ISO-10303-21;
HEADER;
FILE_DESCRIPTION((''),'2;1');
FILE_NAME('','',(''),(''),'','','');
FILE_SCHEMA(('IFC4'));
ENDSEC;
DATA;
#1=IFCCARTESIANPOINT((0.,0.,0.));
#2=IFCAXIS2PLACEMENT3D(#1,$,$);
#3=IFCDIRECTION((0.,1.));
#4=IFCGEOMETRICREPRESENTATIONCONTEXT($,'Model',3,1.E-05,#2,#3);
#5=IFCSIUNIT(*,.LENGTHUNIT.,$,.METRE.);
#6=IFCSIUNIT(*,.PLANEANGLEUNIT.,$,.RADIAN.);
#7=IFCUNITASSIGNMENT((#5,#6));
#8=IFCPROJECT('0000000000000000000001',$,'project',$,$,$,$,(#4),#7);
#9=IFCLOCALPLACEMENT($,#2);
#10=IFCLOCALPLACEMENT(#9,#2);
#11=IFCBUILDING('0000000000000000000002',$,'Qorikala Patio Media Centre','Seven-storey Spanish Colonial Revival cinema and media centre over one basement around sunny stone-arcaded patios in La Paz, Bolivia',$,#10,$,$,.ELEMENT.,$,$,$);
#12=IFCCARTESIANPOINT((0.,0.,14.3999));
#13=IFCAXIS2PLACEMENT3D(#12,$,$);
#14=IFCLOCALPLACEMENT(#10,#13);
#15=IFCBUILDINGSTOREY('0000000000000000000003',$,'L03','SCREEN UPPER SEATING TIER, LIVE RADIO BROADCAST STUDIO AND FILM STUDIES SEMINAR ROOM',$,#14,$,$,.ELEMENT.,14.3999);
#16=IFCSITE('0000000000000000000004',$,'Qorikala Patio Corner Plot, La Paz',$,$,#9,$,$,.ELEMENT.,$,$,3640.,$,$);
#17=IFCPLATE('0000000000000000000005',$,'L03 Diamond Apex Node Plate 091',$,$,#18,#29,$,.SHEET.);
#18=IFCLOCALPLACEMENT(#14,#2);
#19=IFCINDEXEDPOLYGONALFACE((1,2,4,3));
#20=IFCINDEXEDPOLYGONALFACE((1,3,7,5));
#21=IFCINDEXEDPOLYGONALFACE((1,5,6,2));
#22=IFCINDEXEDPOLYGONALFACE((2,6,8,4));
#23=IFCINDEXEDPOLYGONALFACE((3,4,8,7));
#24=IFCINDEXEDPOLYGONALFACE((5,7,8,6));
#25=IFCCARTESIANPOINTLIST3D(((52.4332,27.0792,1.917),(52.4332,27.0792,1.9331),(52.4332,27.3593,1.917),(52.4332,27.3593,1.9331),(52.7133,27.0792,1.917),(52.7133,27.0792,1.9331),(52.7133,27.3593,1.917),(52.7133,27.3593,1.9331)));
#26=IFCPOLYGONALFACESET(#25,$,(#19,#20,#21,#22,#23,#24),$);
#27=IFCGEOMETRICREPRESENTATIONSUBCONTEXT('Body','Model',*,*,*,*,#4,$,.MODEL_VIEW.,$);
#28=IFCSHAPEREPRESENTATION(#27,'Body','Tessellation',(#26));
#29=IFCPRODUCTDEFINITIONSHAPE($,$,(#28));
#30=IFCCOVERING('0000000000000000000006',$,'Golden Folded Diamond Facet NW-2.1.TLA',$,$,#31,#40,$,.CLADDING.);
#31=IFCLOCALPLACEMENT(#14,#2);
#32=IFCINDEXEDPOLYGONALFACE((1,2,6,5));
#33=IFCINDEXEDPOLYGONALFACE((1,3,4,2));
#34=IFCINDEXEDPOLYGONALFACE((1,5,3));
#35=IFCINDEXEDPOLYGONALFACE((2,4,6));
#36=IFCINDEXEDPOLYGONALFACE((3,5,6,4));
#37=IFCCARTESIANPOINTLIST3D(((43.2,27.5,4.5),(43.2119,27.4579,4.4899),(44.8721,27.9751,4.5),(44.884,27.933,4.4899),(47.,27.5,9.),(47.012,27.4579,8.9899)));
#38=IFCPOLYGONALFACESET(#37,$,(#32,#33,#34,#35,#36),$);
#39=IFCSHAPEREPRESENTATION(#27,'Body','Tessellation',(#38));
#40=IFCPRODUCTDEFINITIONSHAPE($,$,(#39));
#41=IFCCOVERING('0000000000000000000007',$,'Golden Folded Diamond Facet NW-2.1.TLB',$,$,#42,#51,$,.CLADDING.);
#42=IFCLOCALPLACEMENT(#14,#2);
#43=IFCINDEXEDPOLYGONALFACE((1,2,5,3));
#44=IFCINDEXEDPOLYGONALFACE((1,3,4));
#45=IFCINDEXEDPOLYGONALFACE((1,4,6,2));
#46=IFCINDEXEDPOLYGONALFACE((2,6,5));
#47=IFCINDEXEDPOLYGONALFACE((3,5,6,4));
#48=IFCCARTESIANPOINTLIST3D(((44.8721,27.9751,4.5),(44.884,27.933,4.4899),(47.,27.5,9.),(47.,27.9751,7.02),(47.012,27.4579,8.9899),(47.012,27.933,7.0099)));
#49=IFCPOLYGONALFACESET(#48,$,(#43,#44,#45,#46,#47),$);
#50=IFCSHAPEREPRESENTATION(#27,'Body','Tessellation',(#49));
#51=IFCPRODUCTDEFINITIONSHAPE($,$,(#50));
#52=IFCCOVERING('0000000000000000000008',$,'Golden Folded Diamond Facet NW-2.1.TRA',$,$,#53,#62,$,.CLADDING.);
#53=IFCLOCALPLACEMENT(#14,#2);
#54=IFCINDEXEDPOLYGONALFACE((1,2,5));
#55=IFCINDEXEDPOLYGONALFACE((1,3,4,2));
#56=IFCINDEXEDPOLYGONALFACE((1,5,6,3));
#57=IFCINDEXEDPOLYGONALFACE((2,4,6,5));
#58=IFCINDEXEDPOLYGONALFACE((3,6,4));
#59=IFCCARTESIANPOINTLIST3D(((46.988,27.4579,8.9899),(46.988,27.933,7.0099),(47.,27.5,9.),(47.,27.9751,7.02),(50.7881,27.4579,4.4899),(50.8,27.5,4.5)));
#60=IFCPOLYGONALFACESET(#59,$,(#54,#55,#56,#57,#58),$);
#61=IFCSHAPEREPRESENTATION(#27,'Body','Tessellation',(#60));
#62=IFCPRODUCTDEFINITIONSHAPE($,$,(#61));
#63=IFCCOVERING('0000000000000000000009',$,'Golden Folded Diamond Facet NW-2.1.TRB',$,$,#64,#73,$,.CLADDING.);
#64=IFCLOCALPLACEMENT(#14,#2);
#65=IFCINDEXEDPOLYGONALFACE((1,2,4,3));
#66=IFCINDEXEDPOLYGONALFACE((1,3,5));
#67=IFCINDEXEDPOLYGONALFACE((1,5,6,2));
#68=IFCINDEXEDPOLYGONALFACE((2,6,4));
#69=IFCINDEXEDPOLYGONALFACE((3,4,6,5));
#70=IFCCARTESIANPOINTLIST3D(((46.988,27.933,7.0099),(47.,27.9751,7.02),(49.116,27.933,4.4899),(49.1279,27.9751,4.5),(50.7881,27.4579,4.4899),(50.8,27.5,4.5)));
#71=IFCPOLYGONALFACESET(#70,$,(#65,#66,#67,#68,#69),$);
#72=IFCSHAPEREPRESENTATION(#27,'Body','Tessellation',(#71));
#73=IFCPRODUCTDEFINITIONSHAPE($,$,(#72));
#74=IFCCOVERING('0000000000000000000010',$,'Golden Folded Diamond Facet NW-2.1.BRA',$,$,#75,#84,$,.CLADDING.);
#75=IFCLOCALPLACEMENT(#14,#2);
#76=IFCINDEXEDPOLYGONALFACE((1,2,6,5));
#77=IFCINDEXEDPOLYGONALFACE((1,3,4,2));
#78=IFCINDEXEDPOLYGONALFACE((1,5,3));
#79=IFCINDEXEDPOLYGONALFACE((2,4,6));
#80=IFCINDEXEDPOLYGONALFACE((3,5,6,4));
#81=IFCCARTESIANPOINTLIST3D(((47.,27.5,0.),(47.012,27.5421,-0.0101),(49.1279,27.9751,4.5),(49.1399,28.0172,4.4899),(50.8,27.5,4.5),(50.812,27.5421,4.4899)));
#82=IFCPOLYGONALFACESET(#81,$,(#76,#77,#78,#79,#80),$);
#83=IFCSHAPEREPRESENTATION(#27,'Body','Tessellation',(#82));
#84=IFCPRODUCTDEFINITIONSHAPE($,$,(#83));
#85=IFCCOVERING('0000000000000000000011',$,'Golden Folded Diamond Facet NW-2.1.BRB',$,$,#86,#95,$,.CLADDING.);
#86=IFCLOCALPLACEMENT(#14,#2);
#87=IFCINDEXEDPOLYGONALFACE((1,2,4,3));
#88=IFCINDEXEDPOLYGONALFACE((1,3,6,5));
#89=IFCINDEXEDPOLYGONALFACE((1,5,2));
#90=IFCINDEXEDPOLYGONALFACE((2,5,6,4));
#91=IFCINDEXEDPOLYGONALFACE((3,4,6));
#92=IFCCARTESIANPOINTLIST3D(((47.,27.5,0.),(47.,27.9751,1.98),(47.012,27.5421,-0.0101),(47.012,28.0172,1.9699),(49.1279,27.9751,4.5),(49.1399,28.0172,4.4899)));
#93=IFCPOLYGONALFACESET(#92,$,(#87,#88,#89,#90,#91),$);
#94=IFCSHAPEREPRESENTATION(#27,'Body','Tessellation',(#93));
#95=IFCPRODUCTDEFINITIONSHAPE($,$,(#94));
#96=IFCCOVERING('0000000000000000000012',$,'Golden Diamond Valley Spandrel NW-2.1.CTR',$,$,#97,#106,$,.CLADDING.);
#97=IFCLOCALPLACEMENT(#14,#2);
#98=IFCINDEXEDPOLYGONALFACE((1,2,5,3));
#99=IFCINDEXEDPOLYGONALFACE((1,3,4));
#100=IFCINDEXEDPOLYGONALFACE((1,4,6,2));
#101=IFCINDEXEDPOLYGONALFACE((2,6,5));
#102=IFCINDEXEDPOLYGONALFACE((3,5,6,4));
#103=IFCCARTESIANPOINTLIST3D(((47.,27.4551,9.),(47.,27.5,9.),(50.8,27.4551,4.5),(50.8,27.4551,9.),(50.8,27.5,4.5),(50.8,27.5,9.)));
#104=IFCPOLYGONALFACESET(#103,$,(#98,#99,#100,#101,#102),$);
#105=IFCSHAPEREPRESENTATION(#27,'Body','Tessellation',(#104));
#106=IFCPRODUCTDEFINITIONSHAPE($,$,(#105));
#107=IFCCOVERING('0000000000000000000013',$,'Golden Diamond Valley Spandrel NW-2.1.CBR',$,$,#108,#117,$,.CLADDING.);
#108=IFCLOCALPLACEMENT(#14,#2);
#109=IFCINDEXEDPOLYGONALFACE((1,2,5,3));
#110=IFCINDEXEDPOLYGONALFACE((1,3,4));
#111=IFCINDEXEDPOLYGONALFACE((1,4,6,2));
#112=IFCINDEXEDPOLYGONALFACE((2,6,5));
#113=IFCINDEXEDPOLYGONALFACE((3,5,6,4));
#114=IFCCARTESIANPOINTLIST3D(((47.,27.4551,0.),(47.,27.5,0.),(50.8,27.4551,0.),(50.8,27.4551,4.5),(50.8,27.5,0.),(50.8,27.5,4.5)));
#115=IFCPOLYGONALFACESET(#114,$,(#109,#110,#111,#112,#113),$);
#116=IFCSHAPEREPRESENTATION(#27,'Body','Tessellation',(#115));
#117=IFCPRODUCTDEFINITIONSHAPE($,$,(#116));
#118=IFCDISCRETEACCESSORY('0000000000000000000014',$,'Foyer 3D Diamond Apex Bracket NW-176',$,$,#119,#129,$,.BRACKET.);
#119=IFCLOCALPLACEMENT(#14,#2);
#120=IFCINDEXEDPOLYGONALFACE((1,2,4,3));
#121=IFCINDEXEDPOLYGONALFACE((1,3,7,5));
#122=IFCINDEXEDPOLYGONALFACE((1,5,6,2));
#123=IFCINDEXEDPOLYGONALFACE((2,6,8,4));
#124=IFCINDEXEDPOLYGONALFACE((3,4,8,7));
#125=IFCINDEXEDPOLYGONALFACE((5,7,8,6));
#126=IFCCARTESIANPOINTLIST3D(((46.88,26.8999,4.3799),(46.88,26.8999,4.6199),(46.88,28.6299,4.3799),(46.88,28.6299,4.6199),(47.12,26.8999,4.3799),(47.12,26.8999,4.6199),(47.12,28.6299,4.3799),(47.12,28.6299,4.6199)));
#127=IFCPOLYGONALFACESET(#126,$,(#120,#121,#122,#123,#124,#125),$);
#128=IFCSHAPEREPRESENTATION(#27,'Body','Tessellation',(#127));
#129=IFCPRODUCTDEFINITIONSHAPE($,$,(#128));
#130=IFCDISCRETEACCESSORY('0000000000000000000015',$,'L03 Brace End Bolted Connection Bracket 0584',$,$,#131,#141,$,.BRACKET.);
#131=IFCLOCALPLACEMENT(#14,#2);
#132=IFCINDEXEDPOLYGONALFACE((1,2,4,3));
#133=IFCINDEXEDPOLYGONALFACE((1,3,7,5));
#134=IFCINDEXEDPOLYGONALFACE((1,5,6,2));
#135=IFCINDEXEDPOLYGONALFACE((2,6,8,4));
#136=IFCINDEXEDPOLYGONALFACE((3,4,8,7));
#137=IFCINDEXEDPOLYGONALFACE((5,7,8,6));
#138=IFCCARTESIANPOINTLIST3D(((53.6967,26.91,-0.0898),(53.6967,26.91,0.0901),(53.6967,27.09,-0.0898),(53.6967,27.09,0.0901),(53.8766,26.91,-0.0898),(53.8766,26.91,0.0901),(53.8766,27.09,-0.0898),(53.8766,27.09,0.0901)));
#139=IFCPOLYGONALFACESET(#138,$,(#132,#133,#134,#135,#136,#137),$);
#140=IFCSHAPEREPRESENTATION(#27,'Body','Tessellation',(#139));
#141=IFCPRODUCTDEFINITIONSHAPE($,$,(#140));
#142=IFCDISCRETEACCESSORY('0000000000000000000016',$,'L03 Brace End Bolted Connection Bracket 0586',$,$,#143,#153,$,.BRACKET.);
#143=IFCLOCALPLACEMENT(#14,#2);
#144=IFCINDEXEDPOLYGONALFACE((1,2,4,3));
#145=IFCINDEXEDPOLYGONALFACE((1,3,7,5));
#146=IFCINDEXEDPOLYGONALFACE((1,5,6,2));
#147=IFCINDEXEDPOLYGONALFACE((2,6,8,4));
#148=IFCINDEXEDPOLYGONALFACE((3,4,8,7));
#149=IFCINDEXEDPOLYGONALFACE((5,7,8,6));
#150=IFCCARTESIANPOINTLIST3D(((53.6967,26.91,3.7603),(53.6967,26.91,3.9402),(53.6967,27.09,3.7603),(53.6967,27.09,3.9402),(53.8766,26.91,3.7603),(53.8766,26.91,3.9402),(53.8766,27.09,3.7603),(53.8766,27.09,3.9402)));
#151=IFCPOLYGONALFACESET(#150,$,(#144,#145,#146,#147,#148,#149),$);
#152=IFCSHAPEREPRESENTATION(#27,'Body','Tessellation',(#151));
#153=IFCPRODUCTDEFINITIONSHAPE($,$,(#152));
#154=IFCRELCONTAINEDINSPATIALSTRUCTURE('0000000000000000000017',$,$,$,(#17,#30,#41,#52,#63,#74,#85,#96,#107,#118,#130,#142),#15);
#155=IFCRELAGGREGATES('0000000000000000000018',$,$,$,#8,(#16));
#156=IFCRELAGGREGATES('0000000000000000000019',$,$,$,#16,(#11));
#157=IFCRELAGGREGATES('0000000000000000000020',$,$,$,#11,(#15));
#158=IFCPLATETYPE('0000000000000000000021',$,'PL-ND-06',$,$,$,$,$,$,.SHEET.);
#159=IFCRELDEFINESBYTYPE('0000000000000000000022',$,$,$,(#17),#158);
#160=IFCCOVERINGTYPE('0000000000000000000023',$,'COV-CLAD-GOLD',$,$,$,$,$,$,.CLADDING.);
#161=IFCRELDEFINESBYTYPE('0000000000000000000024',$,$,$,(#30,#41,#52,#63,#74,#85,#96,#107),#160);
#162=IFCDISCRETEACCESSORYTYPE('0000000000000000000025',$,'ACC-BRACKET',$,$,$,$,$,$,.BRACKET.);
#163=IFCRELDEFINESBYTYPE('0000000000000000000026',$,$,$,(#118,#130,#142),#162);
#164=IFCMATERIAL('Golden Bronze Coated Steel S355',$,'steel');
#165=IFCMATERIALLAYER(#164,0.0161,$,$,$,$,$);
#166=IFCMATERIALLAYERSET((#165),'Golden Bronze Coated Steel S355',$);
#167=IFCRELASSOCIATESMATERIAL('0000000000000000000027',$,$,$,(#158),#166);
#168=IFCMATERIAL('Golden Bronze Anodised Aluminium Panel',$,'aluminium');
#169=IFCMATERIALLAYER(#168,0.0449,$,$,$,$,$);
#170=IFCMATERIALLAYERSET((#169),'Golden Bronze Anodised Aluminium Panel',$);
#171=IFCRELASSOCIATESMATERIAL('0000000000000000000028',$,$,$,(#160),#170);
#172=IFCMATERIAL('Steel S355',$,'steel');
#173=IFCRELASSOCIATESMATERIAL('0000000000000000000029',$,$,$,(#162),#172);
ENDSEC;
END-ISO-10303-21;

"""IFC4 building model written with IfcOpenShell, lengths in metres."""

from ifc_helpers import new_model, si_unit, direction, frame, origin, origin_2d, place, context, subcontext, project, spatial, polyline, rectangle, outline, extrude, material, layer, layer_set, type_object, element, save


model = new_model("IFC4")

# Units and contexts
model_context = context("Model", 3, precision=1e-05, world=origin(), true_north=direction((0.0, 1.0)))
body_context = subcontext(model_context, "Body", "Model", "MODEL_VIEW")
ifc_project = project(units=[si_unit("LENGTHUNIT", "METRE"), si_unit("PLANEANGLEUNIT", "RADIAN")], contexts=[model_context])

# Site, building, storey
site_placement = place(None, origin())
site = spatial("IfcSite", under=ifc_project, at=site_placement, Name="Qorikala Patio Corner Plot, La Paz", CompositionType="ELEMENT", RefElevation=3640.0)
building_placement = place(site_placement, origin())
building = spatial("IfcBuilding", under=site, at=building_placement, Name="Qorikala Patio Media Centre", Description="Seven-storey Spanish Colonial Revival cinema and media centre over one basement around sunny stone-arcaded patios in La Paz, Bolivia", CompositionType="ELEMENT")
storey_placement = place(building_placement, frame((0.0, 0.0, 14.3999)))
storey = spatial("IfcBuildingStorey", under=building, at=storey_placement, Name="L03", Description="SCREEN UPPER SEATING TIER, LIVE RADIO BROADCAST STUDIO AND FILM STUDIES SEMINAR ROOM", CompositionType="ELEMENT", Elevation=14.3999)

# Shared definitions
ifc_material_1 = material(Name="Golden Bronze Coated Steel S355", Category="steel")

# Plate
ifc_layer_1 = layer(ifc_material_1, 0.0161)
ifc_layer_set_1 = layer_set([ifc_layer_1], Name="Golden Bronze Coated Steel S355")
plate_type_1 = type_object("IfcPlateType", Name="PL-ND-06", PredefinedType="SHEET", material=ifc_layer_set_1)
for number, where, z_axis, x_axis, name in (
    (1, (52.5732, 27.2192, 1.917), (0.0, 0.0, 1.0), (1.0, 0.0, 0.0), "L03 Diamond Apex Node Plate 091"),
):
    element("IfcPlate", number, at=place(storey_placement, frame(where, z_axis=z_axis, x_axis=x_axis)), inside=storey, type_object=plate_type_1, Name=name, PredefinedType="SHEET", context=body_context, shape_type="SweptSolid", body=[
        extrude(rectangle(XDim=0.28, YDim=0.28, at=origin_2d()), origin(), (0.0, 0.0, 1.0), 0.0161),
    ])

# Coverings
ifc_material_2 = material(Name="Golden Bronze Anodised Aluminium Panel", Category="aluminium")
ifc_layer_2 = layer(ifc_material_2, 0.0449)
ifc_layer_set_2 = layer_set([ifc_layer_2], Name="Golden Bronze Anodised Aluminium Panel")
covering_type = type_object("IfcCoveringType", Name="COV-CLAD-GOLD", PredefinedType="CLADDING", material=ifc_layer_set_2)
covering_1_placement = place(storey_placement, frame((47.0, 27.5, 9.0), z_axis=(-0.26631, 0.937286, 0.224887), x_axis=(-0.645186, 0.0, -0.764026)))
element("IfcCovering", 2, at=covering_1_placement, inside=storey, type_object=covering_type, Name="Golden Folded Diamond Facet NW-2.1.TLA", PredefinedType="CLADDING", context=body_context, shape_type="SweptSolid", body=[
    extrude(outline(polyline([(0.0, 0.0), (5.8899, 0.0), (4.811, -1.363), (0.0, 0.0)])), origin(), (0.0, 0.0, -1.0), 0.0449),
])
covering_2_placement = place(storey_placement, frame((47.0, 27.5, 9.0), z_axis=(-0.266339, 0.937274, 0.2249), x_axis=(-0.425554, 0.095012, -0.899932)))
element("IfcCovering", 3, at=covering_2_placement, inside=storey, type_object=covering_type, Name="Golden Folded Diamond Facet NW-2.1.TLB", PredefinedType="CLADDING", context=body_context, shape_type="SweptSolid", body=[
    extrude(outline(polyline([(0.0, 0.0), (5.0004, 0.0), (1.827, -0.899), (0.0, 0.0)])), origin(), (0.0, 0.0, -1.0), 0.0449),
])
covering_3_placement = place(storey_placement, frame((50.8, 27.5, 4.5), z_axis=(0.266326, 0.937278, 0.224901), x_axis=(-0.645186, 0.0, 0.764026)))
element("IfcCovering", 4, at=covering_3_placement, inside=storey, type_object=covering_type, Name="Golden Folded Diamond Facet NW-2.1.TRA", PredefinedType="CLADDING", context=body_context, shape_type="SweptSolid", body=[
    extrude(outline(polyline([(0.0, 0.0), (5.8899, 0.0), (4.3771, -1.3629), (0.0, 0.0)])), origin(), (0.0, 0.0, -1.0), 0.0449),
])
covering_4_placement = place(storey_placement, frame((50.8, 27.5, 4.5), z_axis=(0.266311, 0.937288, 0.224876), x_axis=(-0.828911, 0.103634, 0.549696)))
element("IfcCovering", 5, at=covering_4_placement, inside=storey, type_object=covering_type, Name="Golden Folded Diamond Facet NW-2.1.TRB", PredefinedType="CLADDING", context=body_context, shape_type="SweptSolid", body=[
    extrude(outline(polyline([(0.0, 0.0), (4.5844, 0.0), (1.4353, -0.9807), (0.0, 0.0)])), origin(), (0.0, 0.0, -1.0), 0.0449),
])
covering_5_placement = place(storey_placement, frame((47.0, 27.5, 0.0), z_axis=(-0.26631, -0.937286, 0.224887), x_axis=(0.645186, 0.0, 0.764026)))
element("IfcCovering", 6, at=covering_5_placement, inside=storey, type_object=covering_type, Name="Golden Folded Diamond Facet NW-2.1.BRA", PredefinedType="CLADDING", context=body_context, shape_type="SweptSolid", body=[
    extrude(outline(polyline([(0.0, 0.0), (5.8899, 0.0), (4.811, 1.363), (0.0, 0.0)])), origin(), (0.0, 0.0, -1.0), 0.0449),
])
covering_6_placement = place(storey_placement, frame((47.0, 27.5, 0.0), z_axis=(-0.266339, -0.937274, 0.2249), x_axis=(0.425554, 0.095012, 0.899932)))
element("IfcCovering", 7, at=covering_6_placement, inside=storey, type_object=covering_type, Name="Golden Folded Diamond Facet NW-2.1.BRB", PredefinedType="CLADDING", context=body_context, shape_type="SweptSolid", body=[
    extrude(outline(polyline([(0.0, 0.0), (5.0004, 0.0), (1.827, 0.899), (0.0, 0.0)])), origin(), (0.0, 0.0, -1.0), 0.0449),
])
covering_7_placement = place(storey_placement, frame((50.8, 27.5, 9.0), z_axis=(0.0, 1.0, 0.0), x_axis=(0.0, 0.0, -1.0)))
element("IfcCovering", 8, at=covering_7_placement, inside=storey, type_object=covering_type, Name="Golden Diamond Valley Spandrel NW-2.1.CTR", PredefinedType="CLADDING", context=body_context, shape_type="SweptSolid", body=[
    extrude(outline(polyline([(0.0, 0.0), (4.5, 0.0), (0.0, 3.8), (0.0, 0.0)])), origin(), (0.0, 0.0, -1.0), 0.0449),
])
covering_8_placement = place(storey_placement, frame((50.8, 27.5, 0.0), z_axis=(0.0, 1.0, 0.0), x_axis=(-1.0, 0.0, 0.0)))
element("IfcCovering", 9, at=covering_8_placement, inside=storey, type_object=covering_type, Name="Golden Diamond Valley Spandrel NW-2.1.CBR", PredefinedType="CLADDING", context=body_context, shape_type="SweptSolid", body=[
    extrude(outline(polyline([(0.0, 0.0), (3.8, 0.0), (0.0, 4.5), (0.0, 0.0)])), origin(), (0.0, 0.0, -1.0), 0.0449),
])

# Discrete accessories
ifc_material_3 = material(Name="Steel S355", Category="steel")
discrete_accessory_type = type_object("IfcDiscreteAccessoryType", Name="ACC-BRACKET", PredefinedType="BRACKET", material=ifc_material_3)
discrete_accessory_placement = place(storey_placement, frame((47.0, 27.7649, 4.3799), z_axis=(0.0, 0.0, 1.0), x_axis=(1.0, 0.0, 0.0)))
element("IfcDiscreteAccessory", 10, at=discrete_accessory_placement, inside=storey, type_object=discrete_accessory_type, Name="Foyer 3D Diamond Apex Bracket NW-176", PredefinedType="BRACKET", context=body_context, shape_type="SweptSolid", body=[
    extrude(rectangle(XDim=0.24, YDim=1.73, at=origin_2d()), origin(), (0.0, 0.0, 1.0), 0.24),
])
for number, where, z_axis, x_axis, name in (
    (11, (53.7866, 27.0, -0.0898), (0.0, 0.0, 1.0), (1.0, 0.0, 0.0), "L03 Brace End Bolted Connection Bracket 0584"),
    (12, (53.7866, 27.0, 3.7603), (0.0, 0.0, 1.0), (1.0, 0.0, 0.0), "L03 Brace End Bolted Connection Bracket 0586"),
):
    element("IfcDiscreteAccessory", number, at=place(storey_placement, frame(where, z_axis=z_axis, x_axis=x_axis)), inside=storey, type_object=discrete_accessory_type, Name=name, PredefinedType="BRACKET", context=body_context, shape_type="SweptSolid", body=[
        extrude(rectangle(XDim=0.1799, YDim=0.1799, at=origin_2d()), origin(), (0.0, 0.0, 1.0), 0.1799),
    ])

save(model, "model.ifc")
